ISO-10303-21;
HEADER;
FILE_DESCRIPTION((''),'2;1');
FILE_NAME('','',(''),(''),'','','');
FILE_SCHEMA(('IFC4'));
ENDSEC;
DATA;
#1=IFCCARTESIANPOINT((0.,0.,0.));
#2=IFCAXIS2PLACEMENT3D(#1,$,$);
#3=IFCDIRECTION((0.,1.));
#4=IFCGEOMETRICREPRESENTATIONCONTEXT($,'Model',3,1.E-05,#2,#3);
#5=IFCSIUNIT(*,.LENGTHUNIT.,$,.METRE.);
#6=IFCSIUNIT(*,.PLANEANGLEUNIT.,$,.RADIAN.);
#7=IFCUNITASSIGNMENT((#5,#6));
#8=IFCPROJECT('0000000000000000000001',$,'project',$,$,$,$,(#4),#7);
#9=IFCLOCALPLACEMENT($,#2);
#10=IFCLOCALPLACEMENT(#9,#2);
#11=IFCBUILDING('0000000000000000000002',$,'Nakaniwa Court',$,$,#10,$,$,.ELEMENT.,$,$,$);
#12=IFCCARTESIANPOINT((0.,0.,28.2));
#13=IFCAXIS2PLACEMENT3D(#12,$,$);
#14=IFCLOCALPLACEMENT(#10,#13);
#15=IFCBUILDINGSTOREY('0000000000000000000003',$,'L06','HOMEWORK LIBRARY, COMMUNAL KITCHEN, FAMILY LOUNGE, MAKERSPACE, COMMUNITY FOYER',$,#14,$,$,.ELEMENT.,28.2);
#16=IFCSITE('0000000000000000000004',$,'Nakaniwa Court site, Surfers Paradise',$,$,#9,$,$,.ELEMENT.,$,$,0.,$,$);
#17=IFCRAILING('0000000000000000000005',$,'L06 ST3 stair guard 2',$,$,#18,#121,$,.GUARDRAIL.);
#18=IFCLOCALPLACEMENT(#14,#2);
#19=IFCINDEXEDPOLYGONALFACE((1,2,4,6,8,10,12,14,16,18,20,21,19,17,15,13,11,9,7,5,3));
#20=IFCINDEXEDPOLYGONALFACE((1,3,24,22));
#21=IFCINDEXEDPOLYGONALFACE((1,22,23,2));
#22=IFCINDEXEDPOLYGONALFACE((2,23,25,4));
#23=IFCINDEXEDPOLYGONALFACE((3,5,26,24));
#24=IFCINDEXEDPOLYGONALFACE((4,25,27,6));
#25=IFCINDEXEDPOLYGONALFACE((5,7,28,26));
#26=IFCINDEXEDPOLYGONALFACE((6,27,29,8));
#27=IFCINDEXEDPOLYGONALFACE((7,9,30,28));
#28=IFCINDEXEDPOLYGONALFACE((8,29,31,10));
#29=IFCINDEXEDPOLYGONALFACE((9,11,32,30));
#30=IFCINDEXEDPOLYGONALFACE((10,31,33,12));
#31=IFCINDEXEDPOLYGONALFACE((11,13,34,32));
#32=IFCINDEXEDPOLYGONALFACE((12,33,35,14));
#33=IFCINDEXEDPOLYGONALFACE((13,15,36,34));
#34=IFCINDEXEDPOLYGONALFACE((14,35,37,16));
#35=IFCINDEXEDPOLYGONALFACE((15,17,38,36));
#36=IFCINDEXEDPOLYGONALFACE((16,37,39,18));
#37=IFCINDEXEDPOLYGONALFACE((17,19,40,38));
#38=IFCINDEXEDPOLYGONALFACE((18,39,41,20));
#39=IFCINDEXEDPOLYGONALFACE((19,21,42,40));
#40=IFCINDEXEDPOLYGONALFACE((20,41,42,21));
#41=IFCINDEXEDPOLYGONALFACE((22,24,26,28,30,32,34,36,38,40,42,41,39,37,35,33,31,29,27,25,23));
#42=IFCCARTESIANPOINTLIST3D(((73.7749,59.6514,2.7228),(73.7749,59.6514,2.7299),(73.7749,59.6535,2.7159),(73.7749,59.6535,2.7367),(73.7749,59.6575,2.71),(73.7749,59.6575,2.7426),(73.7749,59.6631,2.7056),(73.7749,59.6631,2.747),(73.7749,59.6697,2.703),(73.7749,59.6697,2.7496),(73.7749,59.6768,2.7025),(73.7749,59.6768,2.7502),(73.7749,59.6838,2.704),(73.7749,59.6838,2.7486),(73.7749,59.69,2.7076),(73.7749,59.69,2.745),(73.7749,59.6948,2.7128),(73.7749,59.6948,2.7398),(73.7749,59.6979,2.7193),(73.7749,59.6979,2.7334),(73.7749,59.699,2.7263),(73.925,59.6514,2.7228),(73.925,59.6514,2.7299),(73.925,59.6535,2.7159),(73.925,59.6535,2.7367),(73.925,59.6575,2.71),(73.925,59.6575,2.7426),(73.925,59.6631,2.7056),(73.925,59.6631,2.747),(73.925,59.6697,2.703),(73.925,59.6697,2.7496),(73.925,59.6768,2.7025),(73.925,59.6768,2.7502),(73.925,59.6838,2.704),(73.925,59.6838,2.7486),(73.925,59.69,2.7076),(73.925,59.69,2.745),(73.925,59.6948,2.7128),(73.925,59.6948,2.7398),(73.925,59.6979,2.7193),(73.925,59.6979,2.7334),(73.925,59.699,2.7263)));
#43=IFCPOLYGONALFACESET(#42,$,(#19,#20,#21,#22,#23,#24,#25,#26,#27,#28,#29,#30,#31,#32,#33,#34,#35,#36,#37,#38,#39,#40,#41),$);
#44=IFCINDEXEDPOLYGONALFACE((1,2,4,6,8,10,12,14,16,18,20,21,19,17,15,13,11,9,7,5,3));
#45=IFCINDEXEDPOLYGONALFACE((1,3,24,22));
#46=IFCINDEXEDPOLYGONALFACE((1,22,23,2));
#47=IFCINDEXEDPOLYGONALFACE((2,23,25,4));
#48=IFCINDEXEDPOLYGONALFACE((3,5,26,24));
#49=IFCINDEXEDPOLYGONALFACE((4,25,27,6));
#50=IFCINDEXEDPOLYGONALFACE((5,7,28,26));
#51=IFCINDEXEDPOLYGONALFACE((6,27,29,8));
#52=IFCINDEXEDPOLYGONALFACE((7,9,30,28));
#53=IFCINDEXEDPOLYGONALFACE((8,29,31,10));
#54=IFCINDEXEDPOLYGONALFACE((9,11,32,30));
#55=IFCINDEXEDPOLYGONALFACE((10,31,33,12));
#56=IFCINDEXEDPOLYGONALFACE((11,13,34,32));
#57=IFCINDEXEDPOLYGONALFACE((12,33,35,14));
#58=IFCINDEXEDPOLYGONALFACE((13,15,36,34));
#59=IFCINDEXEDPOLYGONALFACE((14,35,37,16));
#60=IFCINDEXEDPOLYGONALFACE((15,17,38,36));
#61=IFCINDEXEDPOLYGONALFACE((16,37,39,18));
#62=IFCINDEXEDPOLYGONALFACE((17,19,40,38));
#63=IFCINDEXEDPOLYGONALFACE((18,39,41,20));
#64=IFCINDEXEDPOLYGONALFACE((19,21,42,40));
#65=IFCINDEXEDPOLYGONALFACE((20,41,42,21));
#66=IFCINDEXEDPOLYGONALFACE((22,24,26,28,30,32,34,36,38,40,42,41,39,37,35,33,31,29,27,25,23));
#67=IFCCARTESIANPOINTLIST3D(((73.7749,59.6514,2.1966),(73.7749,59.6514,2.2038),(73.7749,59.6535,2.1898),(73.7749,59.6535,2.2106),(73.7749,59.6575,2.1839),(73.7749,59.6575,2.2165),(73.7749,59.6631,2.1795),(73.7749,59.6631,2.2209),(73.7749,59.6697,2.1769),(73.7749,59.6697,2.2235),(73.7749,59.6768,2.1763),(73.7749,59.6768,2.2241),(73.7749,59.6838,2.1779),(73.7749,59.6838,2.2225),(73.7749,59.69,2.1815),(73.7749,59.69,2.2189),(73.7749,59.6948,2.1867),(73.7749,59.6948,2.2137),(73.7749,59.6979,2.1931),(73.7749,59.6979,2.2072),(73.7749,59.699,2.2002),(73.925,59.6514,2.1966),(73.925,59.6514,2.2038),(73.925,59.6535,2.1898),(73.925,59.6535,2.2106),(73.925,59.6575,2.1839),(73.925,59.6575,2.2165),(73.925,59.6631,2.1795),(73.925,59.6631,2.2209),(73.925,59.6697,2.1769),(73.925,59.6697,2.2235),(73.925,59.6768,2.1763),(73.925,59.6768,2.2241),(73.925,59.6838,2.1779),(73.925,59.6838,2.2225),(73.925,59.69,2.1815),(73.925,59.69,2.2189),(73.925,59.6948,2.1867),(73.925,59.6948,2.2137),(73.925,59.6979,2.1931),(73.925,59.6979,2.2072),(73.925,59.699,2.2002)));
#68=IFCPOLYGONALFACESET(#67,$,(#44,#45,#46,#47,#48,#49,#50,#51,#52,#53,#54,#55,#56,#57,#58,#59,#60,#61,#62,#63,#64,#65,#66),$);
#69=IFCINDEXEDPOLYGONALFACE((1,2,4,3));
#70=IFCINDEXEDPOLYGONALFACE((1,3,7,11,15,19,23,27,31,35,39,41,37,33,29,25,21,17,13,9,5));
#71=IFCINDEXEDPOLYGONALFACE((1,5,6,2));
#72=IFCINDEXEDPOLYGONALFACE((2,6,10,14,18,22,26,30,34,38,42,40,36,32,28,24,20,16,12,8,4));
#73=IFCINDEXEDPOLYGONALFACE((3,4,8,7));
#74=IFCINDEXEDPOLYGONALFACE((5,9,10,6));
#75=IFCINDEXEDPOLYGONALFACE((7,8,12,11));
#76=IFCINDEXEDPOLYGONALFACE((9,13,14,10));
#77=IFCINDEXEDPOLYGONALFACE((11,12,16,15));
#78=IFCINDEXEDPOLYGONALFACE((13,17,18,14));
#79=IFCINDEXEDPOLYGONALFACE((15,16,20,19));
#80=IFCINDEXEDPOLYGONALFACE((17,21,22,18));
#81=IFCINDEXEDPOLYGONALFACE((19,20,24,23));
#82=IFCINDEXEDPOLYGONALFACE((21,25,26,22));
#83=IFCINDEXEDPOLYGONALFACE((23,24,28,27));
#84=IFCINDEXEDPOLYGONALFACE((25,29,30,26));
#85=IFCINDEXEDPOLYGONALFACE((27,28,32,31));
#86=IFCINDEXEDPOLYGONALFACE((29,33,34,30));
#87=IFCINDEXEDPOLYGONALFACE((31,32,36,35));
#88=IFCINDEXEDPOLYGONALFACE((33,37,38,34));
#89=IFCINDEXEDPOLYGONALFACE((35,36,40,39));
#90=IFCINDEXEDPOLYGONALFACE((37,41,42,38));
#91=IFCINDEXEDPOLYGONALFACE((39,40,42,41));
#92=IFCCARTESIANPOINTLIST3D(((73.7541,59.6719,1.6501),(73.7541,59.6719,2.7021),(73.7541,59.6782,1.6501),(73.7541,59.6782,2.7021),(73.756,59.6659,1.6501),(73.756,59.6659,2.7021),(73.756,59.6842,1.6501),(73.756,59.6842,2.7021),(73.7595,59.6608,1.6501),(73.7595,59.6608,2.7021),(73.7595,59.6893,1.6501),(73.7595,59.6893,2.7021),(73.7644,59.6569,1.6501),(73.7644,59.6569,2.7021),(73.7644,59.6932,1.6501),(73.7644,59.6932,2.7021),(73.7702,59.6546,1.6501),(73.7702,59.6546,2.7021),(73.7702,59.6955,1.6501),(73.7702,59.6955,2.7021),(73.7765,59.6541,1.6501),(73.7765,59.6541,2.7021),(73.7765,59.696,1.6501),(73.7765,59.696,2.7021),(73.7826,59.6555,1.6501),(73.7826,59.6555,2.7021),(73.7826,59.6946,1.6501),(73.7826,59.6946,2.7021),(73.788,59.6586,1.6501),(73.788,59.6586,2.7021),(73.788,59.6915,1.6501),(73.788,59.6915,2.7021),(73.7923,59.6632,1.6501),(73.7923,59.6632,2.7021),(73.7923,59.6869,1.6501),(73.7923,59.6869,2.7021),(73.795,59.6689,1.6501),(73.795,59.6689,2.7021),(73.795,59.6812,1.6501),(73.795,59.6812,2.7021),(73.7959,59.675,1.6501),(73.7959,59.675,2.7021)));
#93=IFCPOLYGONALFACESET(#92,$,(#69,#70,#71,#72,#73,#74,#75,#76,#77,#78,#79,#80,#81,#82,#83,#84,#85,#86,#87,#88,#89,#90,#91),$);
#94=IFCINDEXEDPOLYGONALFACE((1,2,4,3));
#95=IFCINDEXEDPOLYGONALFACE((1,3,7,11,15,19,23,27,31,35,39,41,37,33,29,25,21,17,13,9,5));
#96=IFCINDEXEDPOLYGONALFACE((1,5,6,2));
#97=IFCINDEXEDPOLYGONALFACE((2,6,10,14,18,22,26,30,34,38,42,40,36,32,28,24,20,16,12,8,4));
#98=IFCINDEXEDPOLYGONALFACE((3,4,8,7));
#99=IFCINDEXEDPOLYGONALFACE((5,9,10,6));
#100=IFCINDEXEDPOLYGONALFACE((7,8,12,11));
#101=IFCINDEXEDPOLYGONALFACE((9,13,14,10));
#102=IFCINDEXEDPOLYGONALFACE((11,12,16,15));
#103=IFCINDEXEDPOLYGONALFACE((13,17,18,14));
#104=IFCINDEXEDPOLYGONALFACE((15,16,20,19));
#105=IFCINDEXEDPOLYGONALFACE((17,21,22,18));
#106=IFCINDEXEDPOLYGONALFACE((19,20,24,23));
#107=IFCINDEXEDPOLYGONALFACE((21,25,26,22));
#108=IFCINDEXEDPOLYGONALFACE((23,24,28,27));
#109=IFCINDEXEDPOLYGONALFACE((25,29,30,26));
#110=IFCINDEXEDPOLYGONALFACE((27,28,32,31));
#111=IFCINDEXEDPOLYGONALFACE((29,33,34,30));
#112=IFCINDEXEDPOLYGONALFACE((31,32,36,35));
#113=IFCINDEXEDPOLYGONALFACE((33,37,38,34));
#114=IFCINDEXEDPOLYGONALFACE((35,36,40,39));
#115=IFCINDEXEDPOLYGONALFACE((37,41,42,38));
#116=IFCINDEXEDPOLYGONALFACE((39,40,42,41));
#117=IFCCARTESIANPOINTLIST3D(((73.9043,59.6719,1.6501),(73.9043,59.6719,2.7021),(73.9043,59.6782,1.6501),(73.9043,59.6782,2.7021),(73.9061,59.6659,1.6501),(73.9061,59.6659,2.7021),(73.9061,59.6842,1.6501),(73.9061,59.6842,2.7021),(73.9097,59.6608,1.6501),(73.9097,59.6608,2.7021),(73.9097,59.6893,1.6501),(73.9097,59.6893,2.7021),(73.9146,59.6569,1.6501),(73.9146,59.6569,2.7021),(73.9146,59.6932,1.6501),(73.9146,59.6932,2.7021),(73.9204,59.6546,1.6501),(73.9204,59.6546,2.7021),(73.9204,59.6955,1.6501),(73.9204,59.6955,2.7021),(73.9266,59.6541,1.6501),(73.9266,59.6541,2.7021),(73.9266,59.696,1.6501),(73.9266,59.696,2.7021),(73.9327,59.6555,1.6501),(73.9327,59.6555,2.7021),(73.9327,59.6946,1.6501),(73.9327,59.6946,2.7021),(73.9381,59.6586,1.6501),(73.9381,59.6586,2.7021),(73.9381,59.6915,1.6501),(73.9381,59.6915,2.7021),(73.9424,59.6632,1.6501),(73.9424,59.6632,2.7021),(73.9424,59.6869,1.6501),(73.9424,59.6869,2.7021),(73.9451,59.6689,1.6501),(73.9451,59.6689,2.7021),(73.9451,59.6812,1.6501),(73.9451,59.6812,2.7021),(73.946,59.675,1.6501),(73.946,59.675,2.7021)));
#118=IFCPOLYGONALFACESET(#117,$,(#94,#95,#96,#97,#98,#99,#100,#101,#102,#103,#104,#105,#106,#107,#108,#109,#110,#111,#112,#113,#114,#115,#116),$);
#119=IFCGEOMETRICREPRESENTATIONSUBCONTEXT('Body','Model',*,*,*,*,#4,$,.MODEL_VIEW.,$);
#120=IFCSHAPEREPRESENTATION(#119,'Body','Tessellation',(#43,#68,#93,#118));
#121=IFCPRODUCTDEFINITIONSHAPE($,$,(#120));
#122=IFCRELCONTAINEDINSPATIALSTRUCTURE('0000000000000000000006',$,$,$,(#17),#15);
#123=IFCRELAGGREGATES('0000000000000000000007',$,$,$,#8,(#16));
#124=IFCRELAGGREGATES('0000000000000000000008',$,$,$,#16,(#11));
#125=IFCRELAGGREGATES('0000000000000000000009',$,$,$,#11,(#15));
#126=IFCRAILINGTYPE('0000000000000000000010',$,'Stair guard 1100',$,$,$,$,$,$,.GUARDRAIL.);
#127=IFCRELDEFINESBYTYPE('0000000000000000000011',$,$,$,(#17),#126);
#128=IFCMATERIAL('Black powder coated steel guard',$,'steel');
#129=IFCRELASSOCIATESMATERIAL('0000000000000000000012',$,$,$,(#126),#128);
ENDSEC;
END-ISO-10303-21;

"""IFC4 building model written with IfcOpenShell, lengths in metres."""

from ifc_helpers import new_model, si_unit, direction, frame, origin, origin_2d, place, context, subcontext, project, spatial, circle, extrude, material, type_object, element, save


model = new_model("IFC4")

# Units and contexts
model_context = context("Model", 3, precision=1e-05, world=origin(), true_north=direction((0.0, 1.0)))
body_context = subcontext(model_context, "Body", "Model", "MODEL_VIEW")
ifc_project = project(units=[si_unit("LENGTHUNIT", "METRE"), si_unit("PLANEANGLEUNIT", "RADIAN")], contexts=[model_context])

# Site, building, storey
site_placement = place(None, origin())
site = spatial("IfcSite", under=ifc_project, at=site_placement, Name="Nakaniwa Court site, Surfers Paradise", CompositionType="ELEMENT", RefElevation=0.0)
building_placement = place(site_placement, origin())
building = spatial("IfcBuilding", under=site, at=building_placement, Name="Nakaniwa Court", CompositionType="ELEMENT")
storey_placement = place(building_placement, frame((0.0, 0.0, 28.2)))
storey = spatial("IfcBuildingStorey", under=building, at=storey_placement, Name="L06", Description="HOMEWORK LIBRARY, COMMUNAL KITCHEN, FAMILY LOUNGE, MAKERSPACE, COMMUNITY FOYER", CompositionType="ELEMENT", Elevation=28.2)

# Railing
ifc_material_1 = material(Name="Black powder coated steel guard", Category="steel")
railing_type_1 = type_object("IfcRailingType", Name="Stair guard 1100", PredefinedType="GUARDRAIL", material=ifc_material_1)
railing_1_placement = place(storey_placement, frame((73.7749, 59.675, 1.6501)))
element("IfcRailing", 1, at=railing_1_placement, inside=storey, type_object=railing_type_1, Name="L06 ST3 stair guard 2", PredefinedType="GUARDRAIL", context=body_context, shape_type="SweptSolid", body=[
    extrude(circle(Radius=0.0239, at=origin_2d()), frame((0.0, 0.0, 1.0762), z_axis=(1.0, 0.0, 0.0), x_axis=(0.0, 1.0, 0.0)), (0.0, 0.0, 1.0), 0.1501),
    extrude(circle(Radius=0.0239, at=origin_2d()), frame((0.0, 0.0, 0.55), z_axis=(1.0, 0.0, 0.0), x_axis=(0.0, 1.0, 0.0)), (0.0, 0.0, 1.0), 0.1501),
    extrude(circle(Radius=0.021, at=origin_2d()), origin(), (0.0, 0.0, 1.0), 1.052),
    extrude(circle(Radius=0.021, at=origin_2d()), frame((0.1501, 0.0, 0.0)), (0.0, 0.0, 1.0), 1.052),
])

save(model, "model.ifc")
